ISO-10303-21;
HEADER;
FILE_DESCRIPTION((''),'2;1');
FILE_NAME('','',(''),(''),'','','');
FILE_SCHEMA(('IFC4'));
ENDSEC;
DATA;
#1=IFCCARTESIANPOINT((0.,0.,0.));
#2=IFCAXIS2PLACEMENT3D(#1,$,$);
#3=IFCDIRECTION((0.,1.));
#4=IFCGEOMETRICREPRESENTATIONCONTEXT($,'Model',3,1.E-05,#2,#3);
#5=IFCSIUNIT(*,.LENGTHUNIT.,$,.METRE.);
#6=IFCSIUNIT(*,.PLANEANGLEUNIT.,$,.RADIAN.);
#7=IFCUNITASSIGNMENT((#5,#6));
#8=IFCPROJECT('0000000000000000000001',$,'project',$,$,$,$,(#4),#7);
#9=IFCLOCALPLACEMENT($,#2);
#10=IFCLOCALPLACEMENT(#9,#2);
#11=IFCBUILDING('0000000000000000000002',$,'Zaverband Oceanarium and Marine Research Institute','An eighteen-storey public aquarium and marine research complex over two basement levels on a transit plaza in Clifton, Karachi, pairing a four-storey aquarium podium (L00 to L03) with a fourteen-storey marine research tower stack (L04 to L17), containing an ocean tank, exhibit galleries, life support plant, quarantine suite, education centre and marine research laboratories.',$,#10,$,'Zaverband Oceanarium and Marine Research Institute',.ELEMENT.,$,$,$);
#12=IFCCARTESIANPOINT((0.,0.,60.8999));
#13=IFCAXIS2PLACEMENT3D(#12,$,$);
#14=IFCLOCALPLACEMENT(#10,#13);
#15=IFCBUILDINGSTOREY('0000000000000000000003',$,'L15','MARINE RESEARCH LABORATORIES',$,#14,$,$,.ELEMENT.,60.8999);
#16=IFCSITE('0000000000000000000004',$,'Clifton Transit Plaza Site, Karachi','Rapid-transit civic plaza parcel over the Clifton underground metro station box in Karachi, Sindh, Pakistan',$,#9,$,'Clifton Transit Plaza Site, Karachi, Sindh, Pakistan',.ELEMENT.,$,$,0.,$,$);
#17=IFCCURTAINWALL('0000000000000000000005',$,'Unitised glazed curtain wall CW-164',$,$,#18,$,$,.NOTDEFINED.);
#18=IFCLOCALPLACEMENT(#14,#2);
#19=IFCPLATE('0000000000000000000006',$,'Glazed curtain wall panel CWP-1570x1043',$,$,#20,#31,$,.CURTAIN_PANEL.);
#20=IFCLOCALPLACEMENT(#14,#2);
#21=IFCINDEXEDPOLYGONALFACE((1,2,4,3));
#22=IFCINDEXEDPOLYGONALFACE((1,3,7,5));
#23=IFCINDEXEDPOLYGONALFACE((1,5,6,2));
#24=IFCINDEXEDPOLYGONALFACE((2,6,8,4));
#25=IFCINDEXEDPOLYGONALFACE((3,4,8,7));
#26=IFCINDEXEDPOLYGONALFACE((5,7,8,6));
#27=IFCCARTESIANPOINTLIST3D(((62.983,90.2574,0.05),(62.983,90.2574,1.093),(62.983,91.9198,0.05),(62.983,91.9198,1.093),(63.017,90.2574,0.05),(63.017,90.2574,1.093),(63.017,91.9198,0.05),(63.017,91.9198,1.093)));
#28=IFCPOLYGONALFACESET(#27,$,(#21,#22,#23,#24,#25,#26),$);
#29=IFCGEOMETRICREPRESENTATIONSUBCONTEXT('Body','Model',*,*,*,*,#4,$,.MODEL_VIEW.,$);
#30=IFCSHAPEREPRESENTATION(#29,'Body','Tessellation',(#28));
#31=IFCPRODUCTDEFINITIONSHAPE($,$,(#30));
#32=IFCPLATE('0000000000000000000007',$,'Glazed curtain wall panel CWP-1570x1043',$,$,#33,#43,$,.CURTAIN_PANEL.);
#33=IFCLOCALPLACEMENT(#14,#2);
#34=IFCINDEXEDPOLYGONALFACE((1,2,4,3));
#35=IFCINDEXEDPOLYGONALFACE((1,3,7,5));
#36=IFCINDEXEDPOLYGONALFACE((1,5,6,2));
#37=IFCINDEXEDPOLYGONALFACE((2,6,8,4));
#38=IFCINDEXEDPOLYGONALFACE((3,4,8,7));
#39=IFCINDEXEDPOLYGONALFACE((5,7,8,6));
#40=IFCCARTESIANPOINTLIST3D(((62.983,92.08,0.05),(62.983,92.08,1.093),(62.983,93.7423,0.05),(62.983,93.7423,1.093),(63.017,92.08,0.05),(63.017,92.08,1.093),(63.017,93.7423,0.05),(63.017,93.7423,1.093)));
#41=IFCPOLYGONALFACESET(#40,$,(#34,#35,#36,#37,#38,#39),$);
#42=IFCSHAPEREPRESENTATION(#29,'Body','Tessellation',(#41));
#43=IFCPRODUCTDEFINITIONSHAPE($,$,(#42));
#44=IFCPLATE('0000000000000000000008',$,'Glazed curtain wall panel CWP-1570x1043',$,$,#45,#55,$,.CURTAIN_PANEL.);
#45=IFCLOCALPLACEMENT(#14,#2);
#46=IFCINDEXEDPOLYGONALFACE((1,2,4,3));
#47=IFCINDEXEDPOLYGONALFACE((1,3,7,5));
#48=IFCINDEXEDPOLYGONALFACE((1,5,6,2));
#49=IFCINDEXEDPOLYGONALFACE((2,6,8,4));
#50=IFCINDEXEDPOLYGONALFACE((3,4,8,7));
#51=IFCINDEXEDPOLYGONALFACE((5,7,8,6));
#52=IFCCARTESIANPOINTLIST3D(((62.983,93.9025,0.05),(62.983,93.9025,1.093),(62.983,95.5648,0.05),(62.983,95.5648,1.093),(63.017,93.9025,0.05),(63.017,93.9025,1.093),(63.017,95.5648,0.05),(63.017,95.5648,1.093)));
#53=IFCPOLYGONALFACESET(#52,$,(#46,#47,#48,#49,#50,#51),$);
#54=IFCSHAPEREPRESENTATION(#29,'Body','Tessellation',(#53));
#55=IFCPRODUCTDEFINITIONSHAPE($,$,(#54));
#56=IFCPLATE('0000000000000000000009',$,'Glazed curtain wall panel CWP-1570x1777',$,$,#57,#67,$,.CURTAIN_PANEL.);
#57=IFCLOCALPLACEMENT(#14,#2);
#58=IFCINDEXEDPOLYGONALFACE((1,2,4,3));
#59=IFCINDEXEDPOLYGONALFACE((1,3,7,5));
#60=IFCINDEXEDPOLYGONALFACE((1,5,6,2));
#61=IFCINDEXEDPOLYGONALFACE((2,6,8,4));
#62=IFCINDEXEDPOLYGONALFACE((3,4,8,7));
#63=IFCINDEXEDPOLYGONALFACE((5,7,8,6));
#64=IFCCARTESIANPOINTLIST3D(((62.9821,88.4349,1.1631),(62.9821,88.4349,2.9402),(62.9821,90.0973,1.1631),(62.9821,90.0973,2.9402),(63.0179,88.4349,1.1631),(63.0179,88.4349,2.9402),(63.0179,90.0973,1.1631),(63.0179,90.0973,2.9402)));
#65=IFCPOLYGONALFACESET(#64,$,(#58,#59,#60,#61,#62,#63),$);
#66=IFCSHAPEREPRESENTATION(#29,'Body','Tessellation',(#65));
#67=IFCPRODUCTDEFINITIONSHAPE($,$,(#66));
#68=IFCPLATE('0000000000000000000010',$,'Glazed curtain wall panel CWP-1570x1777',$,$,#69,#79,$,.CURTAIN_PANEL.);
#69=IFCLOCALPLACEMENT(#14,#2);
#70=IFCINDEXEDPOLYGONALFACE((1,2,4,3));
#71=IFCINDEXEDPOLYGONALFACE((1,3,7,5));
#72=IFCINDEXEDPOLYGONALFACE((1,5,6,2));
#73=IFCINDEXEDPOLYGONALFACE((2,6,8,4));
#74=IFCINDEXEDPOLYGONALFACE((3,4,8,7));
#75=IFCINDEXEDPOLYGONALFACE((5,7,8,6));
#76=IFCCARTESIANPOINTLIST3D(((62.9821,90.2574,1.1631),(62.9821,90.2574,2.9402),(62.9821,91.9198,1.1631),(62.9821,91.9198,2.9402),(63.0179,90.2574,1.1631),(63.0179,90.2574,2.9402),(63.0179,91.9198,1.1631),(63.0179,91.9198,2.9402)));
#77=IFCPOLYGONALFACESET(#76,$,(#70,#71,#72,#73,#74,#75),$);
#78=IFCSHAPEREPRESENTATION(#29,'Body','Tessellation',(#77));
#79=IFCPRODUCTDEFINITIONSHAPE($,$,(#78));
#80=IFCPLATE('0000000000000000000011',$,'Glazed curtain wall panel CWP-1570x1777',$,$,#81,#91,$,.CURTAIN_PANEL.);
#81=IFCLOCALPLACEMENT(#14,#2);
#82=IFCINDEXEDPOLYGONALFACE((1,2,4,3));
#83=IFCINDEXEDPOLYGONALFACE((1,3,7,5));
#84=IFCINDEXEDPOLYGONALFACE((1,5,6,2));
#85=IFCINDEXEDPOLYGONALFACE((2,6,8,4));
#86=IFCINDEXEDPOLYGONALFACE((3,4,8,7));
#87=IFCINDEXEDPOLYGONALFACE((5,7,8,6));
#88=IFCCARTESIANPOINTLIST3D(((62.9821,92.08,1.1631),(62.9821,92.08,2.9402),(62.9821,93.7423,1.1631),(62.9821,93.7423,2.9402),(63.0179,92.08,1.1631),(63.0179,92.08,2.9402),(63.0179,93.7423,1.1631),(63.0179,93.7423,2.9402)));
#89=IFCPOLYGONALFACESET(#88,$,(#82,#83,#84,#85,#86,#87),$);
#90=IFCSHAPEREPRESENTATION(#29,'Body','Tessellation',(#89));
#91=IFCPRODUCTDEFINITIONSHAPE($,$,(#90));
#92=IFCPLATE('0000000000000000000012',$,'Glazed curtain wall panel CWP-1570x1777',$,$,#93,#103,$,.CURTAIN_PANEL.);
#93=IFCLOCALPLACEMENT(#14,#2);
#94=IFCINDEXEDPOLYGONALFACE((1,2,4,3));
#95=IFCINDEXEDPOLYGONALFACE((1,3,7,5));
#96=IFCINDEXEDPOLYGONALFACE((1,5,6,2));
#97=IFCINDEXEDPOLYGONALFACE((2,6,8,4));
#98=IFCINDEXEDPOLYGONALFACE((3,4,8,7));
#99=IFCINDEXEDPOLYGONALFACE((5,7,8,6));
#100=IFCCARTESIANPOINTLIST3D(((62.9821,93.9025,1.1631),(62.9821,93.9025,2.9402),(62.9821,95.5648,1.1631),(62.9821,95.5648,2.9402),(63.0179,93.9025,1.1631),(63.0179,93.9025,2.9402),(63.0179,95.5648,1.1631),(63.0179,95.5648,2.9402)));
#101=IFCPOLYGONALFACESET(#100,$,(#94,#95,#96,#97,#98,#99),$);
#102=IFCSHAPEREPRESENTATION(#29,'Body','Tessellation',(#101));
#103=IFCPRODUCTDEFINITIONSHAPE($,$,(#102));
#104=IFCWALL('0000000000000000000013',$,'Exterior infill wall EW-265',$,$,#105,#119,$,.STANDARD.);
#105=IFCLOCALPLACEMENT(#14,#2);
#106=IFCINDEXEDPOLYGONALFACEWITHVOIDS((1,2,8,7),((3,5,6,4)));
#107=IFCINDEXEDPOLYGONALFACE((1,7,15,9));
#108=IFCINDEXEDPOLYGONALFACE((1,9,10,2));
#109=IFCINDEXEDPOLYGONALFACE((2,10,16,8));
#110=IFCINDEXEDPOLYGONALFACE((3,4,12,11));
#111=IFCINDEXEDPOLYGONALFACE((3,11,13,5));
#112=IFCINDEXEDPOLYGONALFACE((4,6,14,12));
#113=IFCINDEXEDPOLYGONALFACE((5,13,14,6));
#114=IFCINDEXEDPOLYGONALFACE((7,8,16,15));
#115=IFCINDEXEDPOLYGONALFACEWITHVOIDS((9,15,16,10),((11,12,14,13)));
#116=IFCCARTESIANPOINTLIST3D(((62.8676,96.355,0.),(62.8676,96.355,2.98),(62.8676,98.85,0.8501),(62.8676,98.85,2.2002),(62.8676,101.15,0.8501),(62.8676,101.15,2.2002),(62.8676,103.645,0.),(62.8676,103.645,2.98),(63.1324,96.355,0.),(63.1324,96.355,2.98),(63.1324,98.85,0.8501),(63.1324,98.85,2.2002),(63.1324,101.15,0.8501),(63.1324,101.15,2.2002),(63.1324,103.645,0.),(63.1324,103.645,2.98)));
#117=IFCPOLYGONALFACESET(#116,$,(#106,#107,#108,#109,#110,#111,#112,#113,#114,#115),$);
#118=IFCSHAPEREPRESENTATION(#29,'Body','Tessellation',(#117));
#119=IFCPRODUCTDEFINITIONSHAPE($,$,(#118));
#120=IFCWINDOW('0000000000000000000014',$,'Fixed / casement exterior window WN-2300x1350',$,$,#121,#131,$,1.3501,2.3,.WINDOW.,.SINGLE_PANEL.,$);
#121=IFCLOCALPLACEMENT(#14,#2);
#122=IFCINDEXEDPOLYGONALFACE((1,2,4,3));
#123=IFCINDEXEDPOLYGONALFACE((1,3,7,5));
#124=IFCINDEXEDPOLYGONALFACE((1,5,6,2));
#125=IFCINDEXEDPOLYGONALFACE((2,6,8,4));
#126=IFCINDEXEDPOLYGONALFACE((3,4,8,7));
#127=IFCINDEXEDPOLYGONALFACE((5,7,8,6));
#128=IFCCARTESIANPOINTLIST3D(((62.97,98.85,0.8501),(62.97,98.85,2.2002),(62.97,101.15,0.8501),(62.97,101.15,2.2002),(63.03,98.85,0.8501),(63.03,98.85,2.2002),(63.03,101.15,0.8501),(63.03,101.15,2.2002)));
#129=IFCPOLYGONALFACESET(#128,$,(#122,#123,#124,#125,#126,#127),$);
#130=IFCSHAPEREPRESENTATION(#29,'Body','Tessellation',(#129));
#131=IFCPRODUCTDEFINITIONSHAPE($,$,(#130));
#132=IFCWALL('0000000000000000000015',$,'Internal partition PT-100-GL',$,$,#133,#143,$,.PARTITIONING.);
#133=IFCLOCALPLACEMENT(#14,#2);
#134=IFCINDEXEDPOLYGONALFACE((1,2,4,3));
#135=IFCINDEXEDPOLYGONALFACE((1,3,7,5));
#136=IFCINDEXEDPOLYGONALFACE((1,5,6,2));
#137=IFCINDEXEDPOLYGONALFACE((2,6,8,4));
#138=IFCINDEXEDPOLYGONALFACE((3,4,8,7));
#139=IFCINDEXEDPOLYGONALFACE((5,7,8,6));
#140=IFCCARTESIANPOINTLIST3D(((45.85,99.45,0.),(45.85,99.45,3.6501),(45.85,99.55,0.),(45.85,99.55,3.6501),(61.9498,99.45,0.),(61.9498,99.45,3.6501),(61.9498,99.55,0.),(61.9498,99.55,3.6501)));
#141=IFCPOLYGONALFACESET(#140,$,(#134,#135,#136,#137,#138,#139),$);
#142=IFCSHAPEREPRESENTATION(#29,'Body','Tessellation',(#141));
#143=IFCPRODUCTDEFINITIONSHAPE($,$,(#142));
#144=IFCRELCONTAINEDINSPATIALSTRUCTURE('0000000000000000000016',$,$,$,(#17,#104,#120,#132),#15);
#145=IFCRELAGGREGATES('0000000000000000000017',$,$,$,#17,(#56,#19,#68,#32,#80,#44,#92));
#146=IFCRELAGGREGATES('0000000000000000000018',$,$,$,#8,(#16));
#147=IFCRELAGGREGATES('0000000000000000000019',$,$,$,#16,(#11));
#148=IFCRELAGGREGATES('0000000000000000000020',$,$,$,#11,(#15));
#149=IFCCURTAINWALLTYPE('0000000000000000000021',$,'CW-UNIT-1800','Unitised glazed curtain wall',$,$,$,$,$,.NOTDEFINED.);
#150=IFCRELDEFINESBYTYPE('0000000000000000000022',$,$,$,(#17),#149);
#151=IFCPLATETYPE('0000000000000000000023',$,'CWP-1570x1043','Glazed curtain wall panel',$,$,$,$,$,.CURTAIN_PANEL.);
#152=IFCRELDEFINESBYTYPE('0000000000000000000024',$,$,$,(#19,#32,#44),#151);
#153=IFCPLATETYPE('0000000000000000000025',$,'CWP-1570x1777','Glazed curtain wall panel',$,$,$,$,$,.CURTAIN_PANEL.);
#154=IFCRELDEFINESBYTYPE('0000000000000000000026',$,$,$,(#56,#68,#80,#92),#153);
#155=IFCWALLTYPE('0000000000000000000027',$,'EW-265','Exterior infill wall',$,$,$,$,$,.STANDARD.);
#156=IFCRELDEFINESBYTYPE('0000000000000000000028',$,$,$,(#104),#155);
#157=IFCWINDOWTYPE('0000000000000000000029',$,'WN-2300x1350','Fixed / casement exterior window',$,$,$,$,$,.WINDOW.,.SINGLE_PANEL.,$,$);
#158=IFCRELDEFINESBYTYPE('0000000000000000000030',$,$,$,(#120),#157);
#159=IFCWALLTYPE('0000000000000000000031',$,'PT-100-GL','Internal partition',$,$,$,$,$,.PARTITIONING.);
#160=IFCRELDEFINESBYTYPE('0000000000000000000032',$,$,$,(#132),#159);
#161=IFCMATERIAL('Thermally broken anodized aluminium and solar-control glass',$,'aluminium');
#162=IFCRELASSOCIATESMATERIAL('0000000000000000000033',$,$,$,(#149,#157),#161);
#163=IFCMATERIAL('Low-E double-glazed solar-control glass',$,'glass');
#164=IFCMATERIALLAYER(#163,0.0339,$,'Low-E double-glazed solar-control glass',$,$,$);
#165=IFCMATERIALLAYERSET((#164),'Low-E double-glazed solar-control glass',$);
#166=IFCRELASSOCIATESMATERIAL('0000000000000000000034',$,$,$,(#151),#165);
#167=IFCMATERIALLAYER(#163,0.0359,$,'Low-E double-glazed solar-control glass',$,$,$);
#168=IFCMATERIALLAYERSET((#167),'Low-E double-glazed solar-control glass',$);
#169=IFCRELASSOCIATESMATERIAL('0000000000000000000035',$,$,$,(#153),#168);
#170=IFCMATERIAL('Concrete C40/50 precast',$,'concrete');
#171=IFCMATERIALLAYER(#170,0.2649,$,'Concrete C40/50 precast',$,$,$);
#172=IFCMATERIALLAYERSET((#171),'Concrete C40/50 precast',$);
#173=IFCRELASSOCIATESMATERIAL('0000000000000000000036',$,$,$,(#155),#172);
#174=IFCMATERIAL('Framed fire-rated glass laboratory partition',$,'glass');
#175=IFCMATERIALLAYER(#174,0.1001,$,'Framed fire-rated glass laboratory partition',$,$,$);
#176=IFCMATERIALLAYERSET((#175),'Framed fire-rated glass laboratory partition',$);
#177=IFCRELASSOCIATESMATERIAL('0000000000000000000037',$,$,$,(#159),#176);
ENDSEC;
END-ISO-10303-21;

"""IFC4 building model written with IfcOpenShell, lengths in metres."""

from ifc_helpers import new_model, si_unit, direction, frame, frame_2d, origin, place, context, subcontext, project, spatial, rectangle, extrude, material, layer, layer_set, type_object, element, fill, aggregate, save


model = new_model("IFC4")

# Units and contexts
model_context = context("Model", 3, precision=1e-05, world=origin(), true_north=direction((0.0, 1.0)))
body_context = subcontext(model_context, "Body", "Model", "MODEL_VIEW")
ifc_project = project(units=[si_unit("LENGTHUNIT", "METRE"), si_unit("PLANEANGLEUNIT", "RADIAN")], contexts=[model_context])

# Site, building, storey
site_placement = place(None, origin())
site = spatial("IfcSite", under=ifc_project, at=site_placement, Name="Clifton Transit Plaza Site, Karachi", Description="Rapid-transit civic plaza parcel over the Clifton underground metro station box in Karachi, Sindh, Pakistan", LongName="Clifton Transit Plaza Site, Karachi, Sindh, Pakistan", CompositionType="ELEMENT", RefElevation=0.0)
building_placement = place(site_placement, origin())
building = spatial("IfcBuilding", under=site, at=building_placement, Name="Zaverband Oceanarium and Marine Research Institute", Description="An eighteen-storey public aquarium and marine research complex over two basement levels on a transit plaza in Clifton, Karachi, pairing a four-storey aquarium podium (L00 to L03) with a fourteen-storey marine research tower stack (L04 to L17), containing an ocean tank, exhibit galleries, life support plant, quarantine suite, education centre and marine research laboratories.", LongName="Zaverband Oceanarium and Marine Research Institute", CompositionType="ELEMENT")
storey_placement = place(building_placement, frame((0.0, 0.0, 60.8999)))
storey = spatial("IfcBuildingStorey", under=building, at=storey_placement, Name="L15", Description="MARINE RESEARCH LABORATORIES", CompositionType="ELEMENT", Elevation=60.8999)

# Curtain wall
ifc_material_1 = material(Name="Thermally broken anodized aluminium and solar-control glass", Category="aluminium")
curtain_wall_type = type_object("IfcCurtainWallType", Name="CW-UNIT-1800", Description="Unitised glazed curtain wall", PredefinedType="NOTDEFINED", material=ifc_material_1)
curtain_wall_placement = place(storey_placement, origin())
curtain_wall = element("IfcCurtainWall", 1, at=curtain_wall_placement, inside=storey, type_object=curtain_wall_type, Name="Unitised glazed curtain wall CW-164", PredefinedType="NOTDEFINED")

# Plates
ifc_material_2 = material(Name="Low-E double-glazed solar-control glass", Category="glass")
ifc_layer_1 = layer(ifc_material_2, 0.0339, Name="Low-E double-glazed solar-control glass")
ifc_layer_set_1 = layer_set([ifc_layer_1], Name="Low-E double-glazed solar-control glass")
plate_type_1 = type_object("IfcPlateType", Name="CWP-1570x1043", Description="Glazed curtain wall panel", PredefinedType="CURTAIN_PANEL", material=ifc_layer_set_1)
plate_1_placement = place(storey_placement, frame((63.0, 90.2576, 0.05), z_axis=(0.0, 0.0, 1.0), x_axis=(0.0, 1.0, 0.0)))
plate_1 = element("IfcPlate", 2, at=plate_1_placement, type_object=plate_type_1, Name="Glazed curtain wall panel CWP-1570x1043", PredefinedType="CURTAIN_PANEL", context=body_context, shape_type="SweptSolid", body=[
    extrude(rectangle(XDim=1.6624, YDim=0.0339, at=frame_2d((0.8311, 0.0))), origin(), (0.0, 0.0, 1.0), 1.043),
])
plate_2_placement = place(storey_placement, frame((63.0, 92.0801, 0.05), z_axis=(0.0, 0.0, 1.0), x_axis=(0.0, 1.0, 0.0)))
plate_2 = element("IfcPlate", 3, at=plate_2_placement, type_object=plate_type_1, Name="Glazed curtain wall panel CWP-1570x1043", PredefinedType="CURTAIN_PANEL", context=body_context, shape_type="SweptSolid", body=[
    extrude(rectangle(XDim=1.6624, YDim=0.0339, at=frame_2d((0.8311, 0.0))), origin(), (0.0, 0.0, 1.0), 1.043),
])
plate_3_placement = place(storey_placement, frame((63.0, 93.9026, 0.05), z_axis=(0.0, 0.0, 1.0), x_axis=(0.0, 1.0, 0.0)))
plate_3 = element("IfcPlate", 4, at=plate_3_placement, type_object=plate_type_1, Name="Glazed curtain wall panel CWP-1570x1043", PredefinedType="CURTAIN_PANEL", context=body_context, shape_type="SweptSolid", body=[
    extrude(rectangle(XDim=1.6624, YDim=0.0339, at=frame_2d((0.8311, 0.0))), origin(), (0.0, 0.0, 1.0), 1.043),
])
ifc_layer_2 = layer(ifc_material_2, 0.0359, Name="Low-E double-glazed solar-control glass")
ifc_layer_set_2 = layer_set([ifc_layer_2], Name="Low-E double-glazed solar-control glass")
plate_type_2 = type_object("IfcPlateType", Name="CWP-1570x1777", Description="Glazed curtain wall panel", PredefinedType="CURTAIN_PANEL", material=ifc_layer_set_2)
plate_4_placement = place(storey_placement, frame((63.0, 88.4351, 1.1631), z_axis=(0.0, 0.0, 1.0), x_axis=(0.0, 1.0, 0.0)))
plate_4 = element("IfcPlate", 5, at=plate_4_placement, type_object=plate_type_2, Name="Glazed curtain wall panel CWP-1570x1777", PredefinedType="CURTAIN_PANEL", context=body_context, shape_type="SweptSolid", body=[
    extrude(rectangle(XDim=1.6624, YDim=0.0359, at=frame_2d((0.8311, 0.0))), origin(), (0.0, 0.0, 1.0), 1.7771),
])
plate_5_placement = place(storey_placement, frame((63.0, 90.2576, 1.1631), z_axis=(0.0, 0.0, 1.0), x_axis=(0.0, 1.0, 0.0)))
plate_5 = element("IfcPlate", 6, at=plate_5_placement, type_object=plate_type_2, Name="Glazed curtain wall panel CWP-1570x1777", PredefinedType="CURTAIN_PANEL", context=body_context, shape_type="SweptSolid", body=[
    extrude(rectangle(XDim=1.6624, YDim=0.0359, at=frame_2d((0.8311, 0.0))), origin(), (0.0, 0.0, 1.0), 1.7771),
])
plate_6_placement = place(storey_placement, frame((63.0, 92.0801, 1.1631), z_axis=(0.0, 0.0, 1.0), x_axis=(0.0, 1.0, 0.0)))
plate_6 = element("IfcPlate", 7, at=plate_6_placement, type_object=plate_type_2, Name="Glazed curtain wall panel CWP-1570x1777", PredefinedType="CURTAIN_PANEL", context=body_context, shape_type="SweptSolid", body=[
    extrude(rectangle(XDim=1.6624, YDim=0.0359, at=frame_2d((0.8311, 0.0))), origin(), (0.0, 0.0, 1.0), 1.7771),
])
plate_7_placement = place(storey_placement, frame((63.0, 93.9026, 1.1631), z_axis=(0.0, 0.0, 1.0), x_axis=(0.0, 1.0, 0.0)))
plate_7 = element("IfcPlate", 8, at=plate_7_placement, type_object=plate_type_2, Name="Glazed curtain wall panel CWP-1570x1777", PredefinedType="CURTAIN_PANEL", context=body_context, shape_type="SweptSolid", body=[
    extrude(rectangle(XDim=1.6624, YDim=0.0359, at=frame_2d((0.8311, 0.0))), origin(), (0.0, 0.0, 1.0), 1.7771),
])
aggregate(curtain_wall, [plate_4, plate_1, plate_5, plate_2, plate_6, plate_3, plate_7])

# Wall, opening, window
ifc_material_3 = material(Name="Concrete C40/50 precast", Category="concrete")
ifc_layer_3 = layer(ifc_material_3, 0.2649, Name="Concrete C40/50 precast")
ifc_layer_set_3 = layer_set([ifc_layer_3], Name="Concrete C40/50 precast")
wall_type_1 = type_object("IfcWallType", Name="EW-265", Description="Exterior infill wall", PredefinedType="STANDARD", material=ifc_layer_set_3)
wall_1_placement = place(storey_placement, frame((63.0, 96.355, 0.0), z_axis=(0.0, 0.0, 1.0), x_axis=(0.0, 1.0, 0.0)))
wall_1 = element("IfcWall", 9, at=wall_1_placement, inside=storey, type_object=wall_type_1, Name="Exterior infill wall EW-265", PredefinedType="STANDARD", context=body_context, shape_type="SweptSolid", body=[
    extrude(rectangle(XDim=7.29, YDim=0.2649, at=frame_2d((3.645, 0.0))), origin(), (0.0, 0.0, 1.0), 2.98),
])
opening_placement = place(wall_1_placement, frame((2.4951, 0.0, 0.8501)))
opening = element("IfcOpeningElement", 10, at=opening_placement, cuts=wall_1, PredefinedType="OPENING", context=body_context, shape_type="SweptSolid", body=[
    extrude(rectangle(XDim=2.3, YDim=1.3501, at=frame_2d((1.1499, 0.675))), frame((0.0, 0.1445, 0.0), z_axis=(0.0, -1.0, 0.0), x_axis=(1.0, 0.0, 0.0)), (0.0, 0.0, 1.0), 0.2888),
])
window_type = type_object("IfcWindowType", Name="WN-2300x1350", Description="Fixed / casement exterior window", PartitioningType="SINGLE_PANEL", PredefinedType="WINDOW", material=ifc_material_1)
window_placement = place(opening_placement, origin())
window = element("IfcWindow", 11, at=window_placement, inside=storey, type_object=window_type, Name="Fixed / casement exterior window WN-2300x1350", OverallHeight=1.3501, OverallWidth=2.3, PartitioningType="SINGLE_PANEL", PredefinedType="WINDOW", context=body_context, shape_type="SweptSolid", body=[
    extrude(rectangle(XDim=2.3, YDim=1.3501, at=frame_2d((1.1499, 0.675))), frame((0.0, 0.03, 0.0), z_axis=(0.0, -1.0, 0.0), x_axis=(1.0, 0.0, 0.0)), (0.0, 0.0, 1.0), 0.0601),
])
fill(opening, window)

# Wall
ifc_material_4 = material(Name="Framed fire-rated glass laboratory partition", Category="glass")
ifc_layer_4 = layer(ifc_material_4, 0.1001, Name="Framed fire-rated glass laboratory partition")
ifc_layer_set_4 = layer_set([ifc_layer_4], Name="Framed fire-rated glass laboratory partition")
wall_type_2 = type_object("IfcWallType", Name="PT-100-GL", Description="Internal partition", PredefinedType="PARTITIONING", material=ifc_layer_set_4)
wall_2_placement = place(storey_placement, frame((45.8501, 99.5, 0.0), z_axis=(0.0, 0.0, 1.0), x_axis=(1.0, 0.0, 0.0)))
element("IfcWall", 12, at=wall_2_placement, inside=storey, type_object=wall_type_2, Name="Internal partition PT-100-GL", PredefinedType="PARTITIONING", context=body_context, shape_type="SweptSolid", body=[
    extrude(rectangle(XDim=16.0999, YDim=0.1001, at=frame_2d((8.0498, 0.0))), origin(), (0.0, 0.0, 1.0), 3.6501),
])

save(model, "model.ifc")
